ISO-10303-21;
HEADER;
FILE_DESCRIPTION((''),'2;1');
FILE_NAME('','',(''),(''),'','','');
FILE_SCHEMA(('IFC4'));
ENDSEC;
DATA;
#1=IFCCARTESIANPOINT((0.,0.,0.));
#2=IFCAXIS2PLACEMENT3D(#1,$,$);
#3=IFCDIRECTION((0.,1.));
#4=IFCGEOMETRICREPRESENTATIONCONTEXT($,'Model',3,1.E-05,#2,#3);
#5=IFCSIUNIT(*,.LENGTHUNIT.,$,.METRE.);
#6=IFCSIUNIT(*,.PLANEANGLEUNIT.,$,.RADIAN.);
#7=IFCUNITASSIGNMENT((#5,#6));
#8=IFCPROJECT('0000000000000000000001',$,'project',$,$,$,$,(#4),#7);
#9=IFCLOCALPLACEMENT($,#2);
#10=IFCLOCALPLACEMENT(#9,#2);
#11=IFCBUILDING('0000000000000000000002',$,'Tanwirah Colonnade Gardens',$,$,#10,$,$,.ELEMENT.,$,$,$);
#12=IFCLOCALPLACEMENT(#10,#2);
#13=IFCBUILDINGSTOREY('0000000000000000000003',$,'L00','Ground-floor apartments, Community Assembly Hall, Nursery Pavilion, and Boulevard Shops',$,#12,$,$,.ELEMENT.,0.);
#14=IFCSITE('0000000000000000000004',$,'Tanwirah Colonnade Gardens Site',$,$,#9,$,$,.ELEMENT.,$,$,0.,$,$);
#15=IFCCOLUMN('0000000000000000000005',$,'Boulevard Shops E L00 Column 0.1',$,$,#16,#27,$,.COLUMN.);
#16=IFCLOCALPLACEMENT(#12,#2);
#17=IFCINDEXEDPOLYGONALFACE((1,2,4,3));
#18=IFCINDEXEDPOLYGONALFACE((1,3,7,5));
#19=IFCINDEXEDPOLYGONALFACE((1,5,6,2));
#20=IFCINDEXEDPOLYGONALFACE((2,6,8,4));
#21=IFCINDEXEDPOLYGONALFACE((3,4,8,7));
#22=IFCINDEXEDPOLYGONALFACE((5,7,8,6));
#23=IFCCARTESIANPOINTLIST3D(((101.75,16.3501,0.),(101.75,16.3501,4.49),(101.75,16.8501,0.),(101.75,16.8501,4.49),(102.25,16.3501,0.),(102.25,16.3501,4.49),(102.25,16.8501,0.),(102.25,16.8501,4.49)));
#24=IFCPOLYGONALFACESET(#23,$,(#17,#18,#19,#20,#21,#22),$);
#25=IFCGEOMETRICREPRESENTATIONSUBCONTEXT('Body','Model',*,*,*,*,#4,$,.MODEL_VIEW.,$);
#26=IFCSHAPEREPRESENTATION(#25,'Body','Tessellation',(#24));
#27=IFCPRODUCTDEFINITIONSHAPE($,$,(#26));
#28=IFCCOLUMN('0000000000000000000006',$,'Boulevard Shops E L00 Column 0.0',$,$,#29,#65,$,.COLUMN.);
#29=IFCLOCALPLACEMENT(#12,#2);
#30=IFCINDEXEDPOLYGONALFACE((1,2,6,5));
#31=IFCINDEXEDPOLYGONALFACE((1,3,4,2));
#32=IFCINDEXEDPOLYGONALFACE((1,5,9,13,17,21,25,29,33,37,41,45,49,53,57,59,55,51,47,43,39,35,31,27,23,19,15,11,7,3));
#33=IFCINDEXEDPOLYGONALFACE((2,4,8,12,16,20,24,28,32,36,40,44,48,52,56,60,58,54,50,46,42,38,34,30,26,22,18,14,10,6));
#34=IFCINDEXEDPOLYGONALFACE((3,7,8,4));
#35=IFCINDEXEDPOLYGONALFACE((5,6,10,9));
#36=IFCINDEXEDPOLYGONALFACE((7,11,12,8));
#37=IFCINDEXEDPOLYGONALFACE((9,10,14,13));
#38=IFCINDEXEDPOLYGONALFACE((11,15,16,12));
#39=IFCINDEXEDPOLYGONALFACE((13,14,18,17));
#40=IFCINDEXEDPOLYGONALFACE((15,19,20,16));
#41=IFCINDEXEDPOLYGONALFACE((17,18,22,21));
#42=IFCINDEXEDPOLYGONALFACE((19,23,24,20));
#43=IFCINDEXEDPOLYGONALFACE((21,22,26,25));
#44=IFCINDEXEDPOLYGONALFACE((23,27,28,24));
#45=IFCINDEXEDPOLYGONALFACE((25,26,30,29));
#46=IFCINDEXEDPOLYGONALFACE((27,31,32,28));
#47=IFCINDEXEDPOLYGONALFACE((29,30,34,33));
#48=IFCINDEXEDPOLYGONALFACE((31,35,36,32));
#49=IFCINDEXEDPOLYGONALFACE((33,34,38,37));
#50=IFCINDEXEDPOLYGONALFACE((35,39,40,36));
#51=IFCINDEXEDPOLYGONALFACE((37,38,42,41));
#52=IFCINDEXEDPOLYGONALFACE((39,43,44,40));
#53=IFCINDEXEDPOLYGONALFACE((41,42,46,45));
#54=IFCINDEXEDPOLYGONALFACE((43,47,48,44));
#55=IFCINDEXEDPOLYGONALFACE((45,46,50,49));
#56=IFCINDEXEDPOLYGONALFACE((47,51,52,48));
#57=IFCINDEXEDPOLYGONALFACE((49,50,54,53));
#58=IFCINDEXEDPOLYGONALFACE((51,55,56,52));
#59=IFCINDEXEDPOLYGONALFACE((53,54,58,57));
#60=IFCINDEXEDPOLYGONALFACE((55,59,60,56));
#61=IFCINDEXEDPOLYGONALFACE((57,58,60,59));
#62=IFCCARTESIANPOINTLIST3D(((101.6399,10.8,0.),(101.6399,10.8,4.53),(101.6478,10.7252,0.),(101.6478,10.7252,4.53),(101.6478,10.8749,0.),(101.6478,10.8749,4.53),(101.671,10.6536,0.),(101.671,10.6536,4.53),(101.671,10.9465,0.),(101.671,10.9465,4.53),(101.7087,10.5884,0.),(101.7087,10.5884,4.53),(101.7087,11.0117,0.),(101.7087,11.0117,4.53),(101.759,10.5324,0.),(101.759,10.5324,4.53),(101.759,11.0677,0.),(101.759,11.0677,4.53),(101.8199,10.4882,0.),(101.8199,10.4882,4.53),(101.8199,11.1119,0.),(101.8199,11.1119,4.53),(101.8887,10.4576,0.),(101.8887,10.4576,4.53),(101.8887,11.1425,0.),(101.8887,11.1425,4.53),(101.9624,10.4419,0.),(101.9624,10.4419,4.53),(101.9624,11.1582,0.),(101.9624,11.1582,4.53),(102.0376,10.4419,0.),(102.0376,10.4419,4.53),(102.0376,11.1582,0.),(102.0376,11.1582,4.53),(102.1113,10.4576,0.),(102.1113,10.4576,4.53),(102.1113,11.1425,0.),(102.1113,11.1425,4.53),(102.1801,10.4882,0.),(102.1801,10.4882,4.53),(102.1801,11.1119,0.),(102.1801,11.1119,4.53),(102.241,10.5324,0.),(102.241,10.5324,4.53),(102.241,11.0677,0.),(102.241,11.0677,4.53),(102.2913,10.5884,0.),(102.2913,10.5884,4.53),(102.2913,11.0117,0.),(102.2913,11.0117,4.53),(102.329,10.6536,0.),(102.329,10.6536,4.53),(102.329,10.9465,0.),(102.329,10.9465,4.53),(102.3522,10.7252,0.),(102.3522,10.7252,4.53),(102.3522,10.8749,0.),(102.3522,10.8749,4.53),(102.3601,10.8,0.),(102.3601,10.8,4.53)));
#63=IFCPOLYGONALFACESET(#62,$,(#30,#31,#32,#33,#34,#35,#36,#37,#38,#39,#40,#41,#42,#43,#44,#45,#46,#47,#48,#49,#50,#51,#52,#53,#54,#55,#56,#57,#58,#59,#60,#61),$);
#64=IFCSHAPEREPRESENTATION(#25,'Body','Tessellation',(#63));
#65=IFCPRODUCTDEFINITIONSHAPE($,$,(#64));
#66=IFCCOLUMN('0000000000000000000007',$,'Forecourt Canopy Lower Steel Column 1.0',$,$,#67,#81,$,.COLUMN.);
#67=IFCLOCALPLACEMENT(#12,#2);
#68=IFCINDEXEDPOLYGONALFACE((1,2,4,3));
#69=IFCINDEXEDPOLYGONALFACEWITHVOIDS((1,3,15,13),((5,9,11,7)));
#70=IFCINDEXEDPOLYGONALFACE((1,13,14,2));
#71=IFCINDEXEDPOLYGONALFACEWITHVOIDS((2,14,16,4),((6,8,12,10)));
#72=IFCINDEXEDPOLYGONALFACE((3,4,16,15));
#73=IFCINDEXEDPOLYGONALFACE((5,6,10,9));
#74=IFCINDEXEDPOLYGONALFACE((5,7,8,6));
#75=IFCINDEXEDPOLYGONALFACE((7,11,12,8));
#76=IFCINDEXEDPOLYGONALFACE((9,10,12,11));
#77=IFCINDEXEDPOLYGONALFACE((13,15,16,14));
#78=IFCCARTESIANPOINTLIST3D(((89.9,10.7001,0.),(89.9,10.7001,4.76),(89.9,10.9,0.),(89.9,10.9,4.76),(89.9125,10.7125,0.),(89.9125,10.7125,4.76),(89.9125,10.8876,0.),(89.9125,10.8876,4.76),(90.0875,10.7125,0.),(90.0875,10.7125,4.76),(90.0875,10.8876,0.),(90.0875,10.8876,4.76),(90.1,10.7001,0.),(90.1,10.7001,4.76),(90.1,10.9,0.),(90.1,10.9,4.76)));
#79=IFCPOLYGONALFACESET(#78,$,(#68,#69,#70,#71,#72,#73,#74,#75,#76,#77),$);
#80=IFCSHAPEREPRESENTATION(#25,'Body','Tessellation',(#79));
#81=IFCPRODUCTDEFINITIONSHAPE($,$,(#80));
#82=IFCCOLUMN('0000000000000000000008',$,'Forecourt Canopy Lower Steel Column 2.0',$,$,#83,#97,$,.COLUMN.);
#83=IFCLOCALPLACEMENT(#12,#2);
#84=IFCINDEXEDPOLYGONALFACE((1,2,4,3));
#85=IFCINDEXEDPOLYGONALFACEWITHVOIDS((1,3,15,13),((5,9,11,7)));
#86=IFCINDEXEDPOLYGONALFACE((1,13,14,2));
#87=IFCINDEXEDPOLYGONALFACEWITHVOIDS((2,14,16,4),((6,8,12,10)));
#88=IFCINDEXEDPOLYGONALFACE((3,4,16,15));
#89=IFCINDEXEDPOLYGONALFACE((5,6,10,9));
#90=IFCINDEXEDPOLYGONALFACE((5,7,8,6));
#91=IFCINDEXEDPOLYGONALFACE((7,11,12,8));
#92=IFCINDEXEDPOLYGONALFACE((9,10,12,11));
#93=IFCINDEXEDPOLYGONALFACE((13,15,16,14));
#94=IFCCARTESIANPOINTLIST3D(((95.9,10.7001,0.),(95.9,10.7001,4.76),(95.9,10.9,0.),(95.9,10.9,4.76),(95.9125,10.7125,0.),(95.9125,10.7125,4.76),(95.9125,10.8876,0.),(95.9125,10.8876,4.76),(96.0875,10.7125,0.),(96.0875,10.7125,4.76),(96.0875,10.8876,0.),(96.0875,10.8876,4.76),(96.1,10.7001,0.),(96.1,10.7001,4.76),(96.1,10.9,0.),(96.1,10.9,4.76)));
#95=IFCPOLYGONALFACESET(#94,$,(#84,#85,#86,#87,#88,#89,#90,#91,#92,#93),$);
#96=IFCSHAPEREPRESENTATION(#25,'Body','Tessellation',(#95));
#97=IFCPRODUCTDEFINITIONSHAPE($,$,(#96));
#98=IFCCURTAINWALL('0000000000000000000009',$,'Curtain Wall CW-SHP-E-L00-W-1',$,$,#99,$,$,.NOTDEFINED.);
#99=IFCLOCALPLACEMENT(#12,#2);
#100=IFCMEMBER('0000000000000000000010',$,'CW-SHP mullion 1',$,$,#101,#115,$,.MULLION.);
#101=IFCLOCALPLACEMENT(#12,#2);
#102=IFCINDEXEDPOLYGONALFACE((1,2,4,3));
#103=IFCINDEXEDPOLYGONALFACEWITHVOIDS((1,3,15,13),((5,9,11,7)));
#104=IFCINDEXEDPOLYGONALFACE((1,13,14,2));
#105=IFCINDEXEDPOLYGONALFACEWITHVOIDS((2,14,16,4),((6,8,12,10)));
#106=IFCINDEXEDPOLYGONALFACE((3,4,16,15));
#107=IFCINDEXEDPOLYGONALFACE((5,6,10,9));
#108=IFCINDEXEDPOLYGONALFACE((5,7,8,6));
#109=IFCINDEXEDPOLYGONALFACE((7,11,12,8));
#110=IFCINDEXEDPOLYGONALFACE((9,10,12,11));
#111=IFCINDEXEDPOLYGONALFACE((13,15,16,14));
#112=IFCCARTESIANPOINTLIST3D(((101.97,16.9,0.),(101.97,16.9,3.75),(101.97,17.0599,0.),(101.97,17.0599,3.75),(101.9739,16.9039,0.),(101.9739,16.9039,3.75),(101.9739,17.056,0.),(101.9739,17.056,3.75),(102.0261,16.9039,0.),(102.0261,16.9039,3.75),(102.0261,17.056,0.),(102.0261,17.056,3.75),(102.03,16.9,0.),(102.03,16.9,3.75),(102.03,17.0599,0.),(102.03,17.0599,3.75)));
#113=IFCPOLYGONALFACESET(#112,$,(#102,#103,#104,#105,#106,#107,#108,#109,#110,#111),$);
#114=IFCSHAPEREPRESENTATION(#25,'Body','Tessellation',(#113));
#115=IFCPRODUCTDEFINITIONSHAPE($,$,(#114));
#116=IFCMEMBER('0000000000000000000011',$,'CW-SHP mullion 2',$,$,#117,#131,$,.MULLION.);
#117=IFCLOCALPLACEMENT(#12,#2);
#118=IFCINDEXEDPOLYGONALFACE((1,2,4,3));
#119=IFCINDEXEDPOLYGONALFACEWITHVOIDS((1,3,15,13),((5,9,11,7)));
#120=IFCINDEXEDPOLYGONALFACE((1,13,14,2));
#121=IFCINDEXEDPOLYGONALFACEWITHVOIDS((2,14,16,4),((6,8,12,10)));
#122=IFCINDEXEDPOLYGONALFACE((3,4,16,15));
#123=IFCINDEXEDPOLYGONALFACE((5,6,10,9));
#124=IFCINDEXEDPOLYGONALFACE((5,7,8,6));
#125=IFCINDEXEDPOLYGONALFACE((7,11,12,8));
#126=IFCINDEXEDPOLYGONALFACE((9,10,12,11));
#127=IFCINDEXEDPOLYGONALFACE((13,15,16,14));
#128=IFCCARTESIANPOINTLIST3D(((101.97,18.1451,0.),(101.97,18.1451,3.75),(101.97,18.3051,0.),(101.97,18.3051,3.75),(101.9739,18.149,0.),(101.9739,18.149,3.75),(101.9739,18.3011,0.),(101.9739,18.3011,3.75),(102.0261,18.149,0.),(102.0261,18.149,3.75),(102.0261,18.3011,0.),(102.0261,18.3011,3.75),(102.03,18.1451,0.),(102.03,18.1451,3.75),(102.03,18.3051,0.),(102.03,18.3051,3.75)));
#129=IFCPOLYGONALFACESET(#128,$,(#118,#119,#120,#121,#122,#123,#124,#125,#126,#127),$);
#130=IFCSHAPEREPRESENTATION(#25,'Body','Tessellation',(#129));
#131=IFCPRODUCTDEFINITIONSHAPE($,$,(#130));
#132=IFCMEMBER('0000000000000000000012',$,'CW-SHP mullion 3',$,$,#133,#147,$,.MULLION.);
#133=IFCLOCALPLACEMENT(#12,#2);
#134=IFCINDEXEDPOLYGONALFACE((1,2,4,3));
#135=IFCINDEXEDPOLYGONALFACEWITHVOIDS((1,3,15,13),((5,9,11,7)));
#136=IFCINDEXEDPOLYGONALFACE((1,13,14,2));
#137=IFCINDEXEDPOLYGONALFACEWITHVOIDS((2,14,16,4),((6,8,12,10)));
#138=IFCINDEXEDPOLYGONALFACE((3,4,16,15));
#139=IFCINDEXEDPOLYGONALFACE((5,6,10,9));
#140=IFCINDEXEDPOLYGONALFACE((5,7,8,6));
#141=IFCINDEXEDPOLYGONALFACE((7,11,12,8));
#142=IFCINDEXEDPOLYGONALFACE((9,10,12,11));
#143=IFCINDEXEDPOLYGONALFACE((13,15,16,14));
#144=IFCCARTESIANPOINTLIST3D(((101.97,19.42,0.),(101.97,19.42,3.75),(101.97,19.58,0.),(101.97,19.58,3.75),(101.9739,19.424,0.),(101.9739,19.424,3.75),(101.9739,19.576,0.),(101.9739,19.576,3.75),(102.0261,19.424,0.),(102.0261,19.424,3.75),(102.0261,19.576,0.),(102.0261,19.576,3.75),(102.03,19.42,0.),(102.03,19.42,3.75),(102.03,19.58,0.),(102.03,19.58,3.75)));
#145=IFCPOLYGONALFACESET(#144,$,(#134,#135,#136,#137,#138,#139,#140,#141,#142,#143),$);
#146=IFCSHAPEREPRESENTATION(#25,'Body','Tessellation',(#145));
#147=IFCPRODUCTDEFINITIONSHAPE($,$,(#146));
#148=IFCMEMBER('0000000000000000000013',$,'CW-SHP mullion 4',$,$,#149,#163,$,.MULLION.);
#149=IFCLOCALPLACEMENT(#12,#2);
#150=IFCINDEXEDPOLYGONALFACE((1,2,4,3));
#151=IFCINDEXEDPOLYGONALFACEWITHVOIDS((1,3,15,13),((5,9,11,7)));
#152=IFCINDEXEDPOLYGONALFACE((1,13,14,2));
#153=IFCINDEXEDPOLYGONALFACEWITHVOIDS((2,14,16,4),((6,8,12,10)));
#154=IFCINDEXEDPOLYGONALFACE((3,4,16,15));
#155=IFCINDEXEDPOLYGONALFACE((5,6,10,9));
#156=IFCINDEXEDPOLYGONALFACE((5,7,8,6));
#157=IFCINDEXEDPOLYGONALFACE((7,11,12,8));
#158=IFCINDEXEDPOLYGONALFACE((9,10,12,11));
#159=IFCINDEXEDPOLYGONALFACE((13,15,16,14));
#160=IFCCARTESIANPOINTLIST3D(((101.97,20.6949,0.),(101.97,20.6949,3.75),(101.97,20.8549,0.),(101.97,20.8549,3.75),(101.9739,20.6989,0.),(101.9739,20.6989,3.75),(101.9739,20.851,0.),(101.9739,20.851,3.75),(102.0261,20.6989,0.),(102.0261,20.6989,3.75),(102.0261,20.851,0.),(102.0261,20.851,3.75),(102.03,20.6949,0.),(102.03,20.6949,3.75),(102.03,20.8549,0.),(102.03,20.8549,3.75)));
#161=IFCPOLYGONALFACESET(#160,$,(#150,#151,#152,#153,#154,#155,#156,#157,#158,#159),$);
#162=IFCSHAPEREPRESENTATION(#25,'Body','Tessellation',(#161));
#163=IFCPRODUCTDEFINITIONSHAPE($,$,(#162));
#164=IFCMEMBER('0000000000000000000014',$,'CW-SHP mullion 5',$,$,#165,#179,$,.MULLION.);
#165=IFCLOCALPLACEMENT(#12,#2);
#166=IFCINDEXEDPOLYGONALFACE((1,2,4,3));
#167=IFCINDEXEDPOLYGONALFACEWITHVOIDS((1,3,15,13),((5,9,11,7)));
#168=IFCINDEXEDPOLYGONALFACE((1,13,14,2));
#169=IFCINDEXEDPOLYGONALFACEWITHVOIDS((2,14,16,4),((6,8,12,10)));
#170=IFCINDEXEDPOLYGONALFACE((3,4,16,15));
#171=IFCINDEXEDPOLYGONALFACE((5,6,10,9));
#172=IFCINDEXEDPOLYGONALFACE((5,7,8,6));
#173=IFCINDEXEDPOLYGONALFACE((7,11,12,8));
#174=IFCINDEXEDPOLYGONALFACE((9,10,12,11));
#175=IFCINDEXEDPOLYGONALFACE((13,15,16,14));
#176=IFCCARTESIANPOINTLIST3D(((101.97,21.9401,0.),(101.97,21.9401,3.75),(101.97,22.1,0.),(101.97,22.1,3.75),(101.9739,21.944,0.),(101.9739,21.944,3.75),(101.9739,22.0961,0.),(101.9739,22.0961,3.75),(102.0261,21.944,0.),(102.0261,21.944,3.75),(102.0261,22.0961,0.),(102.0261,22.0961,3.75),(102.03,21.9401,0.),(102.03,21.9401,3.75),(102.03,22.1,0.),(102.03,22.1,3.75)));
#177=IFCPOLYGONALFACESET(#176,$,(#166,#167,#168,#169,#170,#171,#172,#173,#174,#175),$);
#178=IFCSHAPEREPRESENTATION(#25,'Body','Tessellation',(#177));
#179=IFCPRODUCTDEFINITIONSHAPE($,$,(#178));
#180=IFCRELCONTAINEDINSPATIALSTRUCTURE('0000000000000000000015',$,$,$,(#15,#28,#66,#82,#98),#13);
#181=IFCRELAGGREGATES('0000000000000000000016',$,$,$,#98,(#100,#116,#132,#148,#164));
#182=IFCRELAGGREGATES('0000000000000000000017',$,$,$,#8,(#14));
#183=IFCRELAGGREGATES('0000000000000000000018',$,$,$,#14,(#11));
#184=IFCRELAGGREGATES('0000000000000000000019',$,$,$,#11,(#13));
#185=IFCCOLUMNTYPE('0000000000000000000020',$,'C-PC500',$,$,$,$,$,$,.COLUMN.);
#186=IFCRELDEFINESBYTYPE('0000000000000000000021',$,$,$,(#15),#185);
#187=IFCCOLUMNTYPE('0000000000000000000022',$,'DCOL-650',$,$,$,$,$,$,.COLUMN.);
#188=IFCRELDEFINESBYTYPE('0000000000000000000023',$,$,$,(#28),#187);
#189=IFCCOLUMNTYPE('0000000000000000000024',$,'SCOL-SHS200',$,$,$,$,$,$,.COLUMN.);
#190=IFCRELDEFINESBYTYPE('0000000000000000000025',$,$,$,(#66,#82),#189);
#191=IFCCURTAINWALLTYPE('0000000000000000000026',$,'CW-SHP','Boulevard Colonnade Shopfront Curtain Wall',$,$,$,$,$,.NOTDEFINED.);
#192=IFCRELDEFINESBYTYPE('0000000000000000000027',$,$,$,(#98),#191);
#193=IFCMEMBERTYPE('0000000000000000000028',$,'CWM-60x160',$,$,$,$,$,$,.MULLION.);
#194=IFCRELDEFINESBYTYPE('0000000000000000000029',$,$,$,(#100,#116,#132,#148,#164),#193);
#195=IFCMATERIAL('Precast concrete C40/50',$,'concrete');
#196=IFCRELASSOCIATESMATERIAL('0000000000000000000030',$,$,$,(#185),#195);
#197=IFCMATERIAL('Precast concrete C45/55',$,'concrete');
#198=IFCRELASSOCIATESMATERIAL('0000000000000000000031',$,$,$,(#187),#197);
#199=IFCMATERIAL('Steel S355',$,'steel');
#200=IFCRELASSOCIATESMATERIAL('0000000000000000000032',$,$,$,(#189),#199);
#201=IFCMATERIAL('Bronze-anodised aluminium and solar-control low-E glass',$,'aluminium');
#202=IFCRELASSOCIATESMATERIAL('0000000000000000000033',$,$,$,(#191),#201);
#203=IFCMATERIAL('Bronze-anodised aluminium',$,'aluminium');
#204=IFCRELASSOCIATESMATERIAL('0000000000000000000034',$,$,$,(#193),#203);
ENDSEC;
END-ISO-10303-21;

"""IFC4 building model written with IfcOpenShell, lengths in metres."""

from ifc_helpers import new_model, si_unit, direction, frame, origin, origin_2d, place, context, subcontext, project, spatial, rectangle, hollow_rectangle, circle, extrude, material, material_profile, profile_set, type_object, element, aggregate, save


model = new_model("IFC4")

# Units and contexts
model_context = context("Model", 3, precision=1e-05, world=origin(), true_north=direction((0.0, 1.0)))
body_context = subcontext(model_context, "Body", "Model", "MODEL_VIEW")
ifc_project = project(units=[si_unit("LENGTHUNIT", "METRE"), si_unit("PLANEANGLEUNIT", "RADIAN")], contexts=[model_context])

# Site, building, storey
site_placement = place(None, origin())
site = spatial("IfcSite", under=ifc_project, at=site_placement, Name="Tanwirah Colonnade Gardens Site", CompositionType="ELEMENT", RefElevation=0.0)
building_placement = place(site_placement, origin())
building = spatial("IfcBuilding", under=site, at=building_placement, Name="Tanwirah Colonnade Gardens", CompositionType="ELEMENT")
storey_placement = place(building_placement, origin())
storey = spatial("IfcBuildingStorey", under=building, at=storey_placement, Name="L00", Description="Ground-floor apartments, Community Assembly Hall, Nursery Pavilion, and Boulevard Shops", CompositionType="ELEMENT", Elevation=0.0)

# Columns
ifc_material_1 = material(Name="Precast concrete C40/50", Category="concrete")
ifc_material_profile_1 = material_profile(ifc_material_1, rectangle(XDim=0.5, YDim=0.5, at=origin_2d()), Name="PC-COL 500x500")
ifc_profile_set_1 = profile_set([ifc_material_profile_1], Name="Precast concrete C40/50")
column_type_1 = type_object("IfcColumnType", Name="C-PC500", PredefinedType="COLUMN", material=ifc_profile_set_1)
column_1_placement = place(storey_placement, frame((102.0, 16.6001, 0.0), z_axis=(0.0, 0.0, 1.0), x_axis=(1.0, 0.0, 0.0)))
element("IfcColumn", 1, at=column_1_placement, inside=storey, type_object=column_type_1, Name="Boulevard Shops E L00 Column 0.1", PredefinedType="COLUMN", context=body_context, shape_type="SweptSolid", body=[
    extrude(rectangle(XDim=0.5, YDim=0.5, at=origin_2d()), origin(), (0.0, 0.0, 1.0), 4.49),
])
ifc_material_2 = material(Name="Precast concrete C45/55", Category="concrete")
ifc_material_profile_2 = material_profile(ifc_material_2, circle(Radius=0.3601, at=origin_2d()), Name="PC-DCOL D720")
ifc_profile_set_2 = profile_set([ifc_material_profile_2], Name="Precast concrete C45/55")
column_type_2 = type_object("IfcColumnType", Name="DCOL-650", PredefinedType="COLUMN", material=ifc_profile_set_2)
column_2_placement = place(storey_placement, frame((102.0, 10.8, 0.0), z_axis=(0.0, 0.0, 1.0), x_axis=(1.0, 0.0, 0.0)))
element("IfcColumn", 2, at=column_2_placement, inside=storey, type_object=column_type_2, Name="Boulevard Shops E L00 Column 0.0", PredefinedType="COLUMN", context=body_context, shape_type="SweptSolid", body=[
    extrude(circle(Radius=0.3601, at=origin_2d()), origin(), (0.0, 0.0, 1.0), 4.53),
])
ifc_material_3 = material(Name="Steel S355", Category="steel")
ifc_material_profile_3 = material_profile(ifc_material_3, hollow_rectangle(XDim=0.2, YDim=0.2, WallThickness=0.0125, at=origin_2d()), Name="SHS 200x200x12.5")
ifc_profile_set_3 = profile_set([ifc_material_profile_3], Name="Steel S355")
column_type_3 = type_object("IfcColumnType", Name="SCOL-SHS200", PredefinedType="COLUMN", material=ifc_profile_set_3)
for number, where, z_axis, x_axis, name in (
    (3, (90.0, 10.8, 0.0), (0.0, 0.0, 1.0), (1.0, 0.0, 0.0), "Forecourt Canopy Lower Steel Column 1.0"),
    (4, (96.0, 10.8, 0.0), (0.0, 0.0, 1.0), (1.0, 0.0, 0.0), "Forecourt Canopy Lower Steel Column 2.0"),
):
    element("IfcColumn", number, at=place(storey_placement, frame(where, z_axis=z_axis, x_axis=x_axis)), inside=storey, type_object=column_type_3, Name=name, PredefinedType="COLUMN", context=body_context, shape_type="SweptSolid", body=[
        extrude(hollow_rectangle(XDim=0.2, YDim=0.2, WallThickness=0.0125, at=origin_2d()), origin(), (0.0, 0.0, 1.0), 4.76),
    ])

# Curtain wall, members
ifc_material_4 = material(Name="Bronze-anodised aluminium and solar-control low-E glass", Category="aluminium")
curtain_wall_type = type_object("IfcCurtainWallType", Name="CW-SHP", Description="Boulevard Colonnade Shopfront Curtain Wall", PredefinedType="NOTDEFINED", material=ifc_material_4)
curtain_wall_placement = place(storey_placement, origin())
curtain_wall = element("IfcCurtainWall", 5, at=curtain_wall_placement, inside=storey, type_object=curtain_wall_type, Name="Curtain Wall CW-SHP-E-L00-W-1", PredefinedType="NOTDEFINED")
ifc_material_5 = material(Name="Bronze-anodised aluminium", Category="aluminium")
ifc_material_profile_4 = material_profile(ifc_material_5, hollow_rectangle(XDim=0.0601, YDim=0.1599, WallThickness=0.0039, at=origin_2d()), Name="CW-MUL 60x160x4")
ifc_profile_set_4 = profile_set([ifc_material_profile_4], Name="Bronze-anodised aluminium")
member_type_1 = type_object("IfcMemberType", Name="CWM-60x160", PredefinedType="MULLION", material=ifc_profile_set_4)
member_1_placement = place(storey_placement, frame((102.0, 16.98, 0.0), z_axis=(0.0, 0.0, 1.0), x_axis=(-1.0, 0.0, 0.0)))
member_1 = element("IfcMember", 6, at=member_1_placement, type_object=member_type_1, Name="CW-SHP mullion 1", PredefinedType="MULLION", context=body_context, shape_type="SweptSolid", body=[
    extrude(hollow_rectangle(XDim=0.0601, YDim=0.1599, WallThickness=0.0039, at=origin_2d()), origin(), (0.0, 0.0, 1.0), 3.75),
])
member_2_placement = place(storey_placement, frame((102.0, 18.2251, 0.0), z_axis=(0.0, 0.0, 1.0), x_axis=(-1.0, 0.0, 0.0)))
member_2 = element("IfcMember", 7, at=member_2_placement, type_object=member_type_1, Name="CW-SHP mullion 2", PredefinedType="MULLION", context=body_context, shape_type="SweptSolid", body=[
    extrude(hollow_rectangle(XDim=0.0601, YDim=0.1599, WallThickness=0.0039, at=origin_2d()), origin(), (0.0, 0.0, 1.0), 3.75),
])
member_3_placement = place(storey_placement, frame((102.0, 19.5, 0.0), z_axis=(0.0, 0.0, 1.0), x_axis=(-1.0, 0.0, 0.0)))
member_3 = element("IfcMember", 8, at=member_3_placement, type_object=member_type_1, Name="CW-SHP mullion 3", PredefinedType="MULLION", context=body_context, shape_type="SweptSolid", body=[
    extrude(hollow_rectangle(XDim=0.0601, YDim=0.1599, WallThickness=0.0039, at=origin_2d()), origin(), (0.0, 0.0, 1.0), 3.75),
])
member_4_placement = place(storey_placement, frame((102.0, 20.7749, 0.0), z_axis=(0.0, 0.0, 1.0), x_axis=(-1.0, 0.0, 0.0)))
member_4 = element("IfcMember", 9, at=member_4_placement, type_object=member_type_1, Name="CW-SHP mullion 4", PredefinedType="MULLION", context=body_context, shape_type="SweptSolid", body=[
    extrude(hollow_rectangle(XDim=0.0601, YDim=0.1599, WallThickness=0.0039, at=origin_2d()), origin(), (0.0, 0.0, 1.0), 3.75),
])
member_5_placement = place(storey_placement, frame((102.0, 22.02, 0.0), z_axis=(0.0, 0.0, 1.0), x_axis=(-1.0, 0.0, 0.0)))
member_5 = element("IfcMember", 10, at=member_5_placement, type_object=member_type_1, Name="CW-SHP mullion 5", PredefinedType="MULLION", context=body_context, shape_type="SweptSolid", body=[
    extrude(hollow_rectangle(XDim=0.0601, YDim=0.1599, WallThickness=0.0039, at=origin_2d()), origin(), (0.0, 0.0, 1.0), 3.75),
])
aggregate(curtain_wall, [member_1, member_2, member_3, member_4, member_5])

save(model, "model.ifc")
